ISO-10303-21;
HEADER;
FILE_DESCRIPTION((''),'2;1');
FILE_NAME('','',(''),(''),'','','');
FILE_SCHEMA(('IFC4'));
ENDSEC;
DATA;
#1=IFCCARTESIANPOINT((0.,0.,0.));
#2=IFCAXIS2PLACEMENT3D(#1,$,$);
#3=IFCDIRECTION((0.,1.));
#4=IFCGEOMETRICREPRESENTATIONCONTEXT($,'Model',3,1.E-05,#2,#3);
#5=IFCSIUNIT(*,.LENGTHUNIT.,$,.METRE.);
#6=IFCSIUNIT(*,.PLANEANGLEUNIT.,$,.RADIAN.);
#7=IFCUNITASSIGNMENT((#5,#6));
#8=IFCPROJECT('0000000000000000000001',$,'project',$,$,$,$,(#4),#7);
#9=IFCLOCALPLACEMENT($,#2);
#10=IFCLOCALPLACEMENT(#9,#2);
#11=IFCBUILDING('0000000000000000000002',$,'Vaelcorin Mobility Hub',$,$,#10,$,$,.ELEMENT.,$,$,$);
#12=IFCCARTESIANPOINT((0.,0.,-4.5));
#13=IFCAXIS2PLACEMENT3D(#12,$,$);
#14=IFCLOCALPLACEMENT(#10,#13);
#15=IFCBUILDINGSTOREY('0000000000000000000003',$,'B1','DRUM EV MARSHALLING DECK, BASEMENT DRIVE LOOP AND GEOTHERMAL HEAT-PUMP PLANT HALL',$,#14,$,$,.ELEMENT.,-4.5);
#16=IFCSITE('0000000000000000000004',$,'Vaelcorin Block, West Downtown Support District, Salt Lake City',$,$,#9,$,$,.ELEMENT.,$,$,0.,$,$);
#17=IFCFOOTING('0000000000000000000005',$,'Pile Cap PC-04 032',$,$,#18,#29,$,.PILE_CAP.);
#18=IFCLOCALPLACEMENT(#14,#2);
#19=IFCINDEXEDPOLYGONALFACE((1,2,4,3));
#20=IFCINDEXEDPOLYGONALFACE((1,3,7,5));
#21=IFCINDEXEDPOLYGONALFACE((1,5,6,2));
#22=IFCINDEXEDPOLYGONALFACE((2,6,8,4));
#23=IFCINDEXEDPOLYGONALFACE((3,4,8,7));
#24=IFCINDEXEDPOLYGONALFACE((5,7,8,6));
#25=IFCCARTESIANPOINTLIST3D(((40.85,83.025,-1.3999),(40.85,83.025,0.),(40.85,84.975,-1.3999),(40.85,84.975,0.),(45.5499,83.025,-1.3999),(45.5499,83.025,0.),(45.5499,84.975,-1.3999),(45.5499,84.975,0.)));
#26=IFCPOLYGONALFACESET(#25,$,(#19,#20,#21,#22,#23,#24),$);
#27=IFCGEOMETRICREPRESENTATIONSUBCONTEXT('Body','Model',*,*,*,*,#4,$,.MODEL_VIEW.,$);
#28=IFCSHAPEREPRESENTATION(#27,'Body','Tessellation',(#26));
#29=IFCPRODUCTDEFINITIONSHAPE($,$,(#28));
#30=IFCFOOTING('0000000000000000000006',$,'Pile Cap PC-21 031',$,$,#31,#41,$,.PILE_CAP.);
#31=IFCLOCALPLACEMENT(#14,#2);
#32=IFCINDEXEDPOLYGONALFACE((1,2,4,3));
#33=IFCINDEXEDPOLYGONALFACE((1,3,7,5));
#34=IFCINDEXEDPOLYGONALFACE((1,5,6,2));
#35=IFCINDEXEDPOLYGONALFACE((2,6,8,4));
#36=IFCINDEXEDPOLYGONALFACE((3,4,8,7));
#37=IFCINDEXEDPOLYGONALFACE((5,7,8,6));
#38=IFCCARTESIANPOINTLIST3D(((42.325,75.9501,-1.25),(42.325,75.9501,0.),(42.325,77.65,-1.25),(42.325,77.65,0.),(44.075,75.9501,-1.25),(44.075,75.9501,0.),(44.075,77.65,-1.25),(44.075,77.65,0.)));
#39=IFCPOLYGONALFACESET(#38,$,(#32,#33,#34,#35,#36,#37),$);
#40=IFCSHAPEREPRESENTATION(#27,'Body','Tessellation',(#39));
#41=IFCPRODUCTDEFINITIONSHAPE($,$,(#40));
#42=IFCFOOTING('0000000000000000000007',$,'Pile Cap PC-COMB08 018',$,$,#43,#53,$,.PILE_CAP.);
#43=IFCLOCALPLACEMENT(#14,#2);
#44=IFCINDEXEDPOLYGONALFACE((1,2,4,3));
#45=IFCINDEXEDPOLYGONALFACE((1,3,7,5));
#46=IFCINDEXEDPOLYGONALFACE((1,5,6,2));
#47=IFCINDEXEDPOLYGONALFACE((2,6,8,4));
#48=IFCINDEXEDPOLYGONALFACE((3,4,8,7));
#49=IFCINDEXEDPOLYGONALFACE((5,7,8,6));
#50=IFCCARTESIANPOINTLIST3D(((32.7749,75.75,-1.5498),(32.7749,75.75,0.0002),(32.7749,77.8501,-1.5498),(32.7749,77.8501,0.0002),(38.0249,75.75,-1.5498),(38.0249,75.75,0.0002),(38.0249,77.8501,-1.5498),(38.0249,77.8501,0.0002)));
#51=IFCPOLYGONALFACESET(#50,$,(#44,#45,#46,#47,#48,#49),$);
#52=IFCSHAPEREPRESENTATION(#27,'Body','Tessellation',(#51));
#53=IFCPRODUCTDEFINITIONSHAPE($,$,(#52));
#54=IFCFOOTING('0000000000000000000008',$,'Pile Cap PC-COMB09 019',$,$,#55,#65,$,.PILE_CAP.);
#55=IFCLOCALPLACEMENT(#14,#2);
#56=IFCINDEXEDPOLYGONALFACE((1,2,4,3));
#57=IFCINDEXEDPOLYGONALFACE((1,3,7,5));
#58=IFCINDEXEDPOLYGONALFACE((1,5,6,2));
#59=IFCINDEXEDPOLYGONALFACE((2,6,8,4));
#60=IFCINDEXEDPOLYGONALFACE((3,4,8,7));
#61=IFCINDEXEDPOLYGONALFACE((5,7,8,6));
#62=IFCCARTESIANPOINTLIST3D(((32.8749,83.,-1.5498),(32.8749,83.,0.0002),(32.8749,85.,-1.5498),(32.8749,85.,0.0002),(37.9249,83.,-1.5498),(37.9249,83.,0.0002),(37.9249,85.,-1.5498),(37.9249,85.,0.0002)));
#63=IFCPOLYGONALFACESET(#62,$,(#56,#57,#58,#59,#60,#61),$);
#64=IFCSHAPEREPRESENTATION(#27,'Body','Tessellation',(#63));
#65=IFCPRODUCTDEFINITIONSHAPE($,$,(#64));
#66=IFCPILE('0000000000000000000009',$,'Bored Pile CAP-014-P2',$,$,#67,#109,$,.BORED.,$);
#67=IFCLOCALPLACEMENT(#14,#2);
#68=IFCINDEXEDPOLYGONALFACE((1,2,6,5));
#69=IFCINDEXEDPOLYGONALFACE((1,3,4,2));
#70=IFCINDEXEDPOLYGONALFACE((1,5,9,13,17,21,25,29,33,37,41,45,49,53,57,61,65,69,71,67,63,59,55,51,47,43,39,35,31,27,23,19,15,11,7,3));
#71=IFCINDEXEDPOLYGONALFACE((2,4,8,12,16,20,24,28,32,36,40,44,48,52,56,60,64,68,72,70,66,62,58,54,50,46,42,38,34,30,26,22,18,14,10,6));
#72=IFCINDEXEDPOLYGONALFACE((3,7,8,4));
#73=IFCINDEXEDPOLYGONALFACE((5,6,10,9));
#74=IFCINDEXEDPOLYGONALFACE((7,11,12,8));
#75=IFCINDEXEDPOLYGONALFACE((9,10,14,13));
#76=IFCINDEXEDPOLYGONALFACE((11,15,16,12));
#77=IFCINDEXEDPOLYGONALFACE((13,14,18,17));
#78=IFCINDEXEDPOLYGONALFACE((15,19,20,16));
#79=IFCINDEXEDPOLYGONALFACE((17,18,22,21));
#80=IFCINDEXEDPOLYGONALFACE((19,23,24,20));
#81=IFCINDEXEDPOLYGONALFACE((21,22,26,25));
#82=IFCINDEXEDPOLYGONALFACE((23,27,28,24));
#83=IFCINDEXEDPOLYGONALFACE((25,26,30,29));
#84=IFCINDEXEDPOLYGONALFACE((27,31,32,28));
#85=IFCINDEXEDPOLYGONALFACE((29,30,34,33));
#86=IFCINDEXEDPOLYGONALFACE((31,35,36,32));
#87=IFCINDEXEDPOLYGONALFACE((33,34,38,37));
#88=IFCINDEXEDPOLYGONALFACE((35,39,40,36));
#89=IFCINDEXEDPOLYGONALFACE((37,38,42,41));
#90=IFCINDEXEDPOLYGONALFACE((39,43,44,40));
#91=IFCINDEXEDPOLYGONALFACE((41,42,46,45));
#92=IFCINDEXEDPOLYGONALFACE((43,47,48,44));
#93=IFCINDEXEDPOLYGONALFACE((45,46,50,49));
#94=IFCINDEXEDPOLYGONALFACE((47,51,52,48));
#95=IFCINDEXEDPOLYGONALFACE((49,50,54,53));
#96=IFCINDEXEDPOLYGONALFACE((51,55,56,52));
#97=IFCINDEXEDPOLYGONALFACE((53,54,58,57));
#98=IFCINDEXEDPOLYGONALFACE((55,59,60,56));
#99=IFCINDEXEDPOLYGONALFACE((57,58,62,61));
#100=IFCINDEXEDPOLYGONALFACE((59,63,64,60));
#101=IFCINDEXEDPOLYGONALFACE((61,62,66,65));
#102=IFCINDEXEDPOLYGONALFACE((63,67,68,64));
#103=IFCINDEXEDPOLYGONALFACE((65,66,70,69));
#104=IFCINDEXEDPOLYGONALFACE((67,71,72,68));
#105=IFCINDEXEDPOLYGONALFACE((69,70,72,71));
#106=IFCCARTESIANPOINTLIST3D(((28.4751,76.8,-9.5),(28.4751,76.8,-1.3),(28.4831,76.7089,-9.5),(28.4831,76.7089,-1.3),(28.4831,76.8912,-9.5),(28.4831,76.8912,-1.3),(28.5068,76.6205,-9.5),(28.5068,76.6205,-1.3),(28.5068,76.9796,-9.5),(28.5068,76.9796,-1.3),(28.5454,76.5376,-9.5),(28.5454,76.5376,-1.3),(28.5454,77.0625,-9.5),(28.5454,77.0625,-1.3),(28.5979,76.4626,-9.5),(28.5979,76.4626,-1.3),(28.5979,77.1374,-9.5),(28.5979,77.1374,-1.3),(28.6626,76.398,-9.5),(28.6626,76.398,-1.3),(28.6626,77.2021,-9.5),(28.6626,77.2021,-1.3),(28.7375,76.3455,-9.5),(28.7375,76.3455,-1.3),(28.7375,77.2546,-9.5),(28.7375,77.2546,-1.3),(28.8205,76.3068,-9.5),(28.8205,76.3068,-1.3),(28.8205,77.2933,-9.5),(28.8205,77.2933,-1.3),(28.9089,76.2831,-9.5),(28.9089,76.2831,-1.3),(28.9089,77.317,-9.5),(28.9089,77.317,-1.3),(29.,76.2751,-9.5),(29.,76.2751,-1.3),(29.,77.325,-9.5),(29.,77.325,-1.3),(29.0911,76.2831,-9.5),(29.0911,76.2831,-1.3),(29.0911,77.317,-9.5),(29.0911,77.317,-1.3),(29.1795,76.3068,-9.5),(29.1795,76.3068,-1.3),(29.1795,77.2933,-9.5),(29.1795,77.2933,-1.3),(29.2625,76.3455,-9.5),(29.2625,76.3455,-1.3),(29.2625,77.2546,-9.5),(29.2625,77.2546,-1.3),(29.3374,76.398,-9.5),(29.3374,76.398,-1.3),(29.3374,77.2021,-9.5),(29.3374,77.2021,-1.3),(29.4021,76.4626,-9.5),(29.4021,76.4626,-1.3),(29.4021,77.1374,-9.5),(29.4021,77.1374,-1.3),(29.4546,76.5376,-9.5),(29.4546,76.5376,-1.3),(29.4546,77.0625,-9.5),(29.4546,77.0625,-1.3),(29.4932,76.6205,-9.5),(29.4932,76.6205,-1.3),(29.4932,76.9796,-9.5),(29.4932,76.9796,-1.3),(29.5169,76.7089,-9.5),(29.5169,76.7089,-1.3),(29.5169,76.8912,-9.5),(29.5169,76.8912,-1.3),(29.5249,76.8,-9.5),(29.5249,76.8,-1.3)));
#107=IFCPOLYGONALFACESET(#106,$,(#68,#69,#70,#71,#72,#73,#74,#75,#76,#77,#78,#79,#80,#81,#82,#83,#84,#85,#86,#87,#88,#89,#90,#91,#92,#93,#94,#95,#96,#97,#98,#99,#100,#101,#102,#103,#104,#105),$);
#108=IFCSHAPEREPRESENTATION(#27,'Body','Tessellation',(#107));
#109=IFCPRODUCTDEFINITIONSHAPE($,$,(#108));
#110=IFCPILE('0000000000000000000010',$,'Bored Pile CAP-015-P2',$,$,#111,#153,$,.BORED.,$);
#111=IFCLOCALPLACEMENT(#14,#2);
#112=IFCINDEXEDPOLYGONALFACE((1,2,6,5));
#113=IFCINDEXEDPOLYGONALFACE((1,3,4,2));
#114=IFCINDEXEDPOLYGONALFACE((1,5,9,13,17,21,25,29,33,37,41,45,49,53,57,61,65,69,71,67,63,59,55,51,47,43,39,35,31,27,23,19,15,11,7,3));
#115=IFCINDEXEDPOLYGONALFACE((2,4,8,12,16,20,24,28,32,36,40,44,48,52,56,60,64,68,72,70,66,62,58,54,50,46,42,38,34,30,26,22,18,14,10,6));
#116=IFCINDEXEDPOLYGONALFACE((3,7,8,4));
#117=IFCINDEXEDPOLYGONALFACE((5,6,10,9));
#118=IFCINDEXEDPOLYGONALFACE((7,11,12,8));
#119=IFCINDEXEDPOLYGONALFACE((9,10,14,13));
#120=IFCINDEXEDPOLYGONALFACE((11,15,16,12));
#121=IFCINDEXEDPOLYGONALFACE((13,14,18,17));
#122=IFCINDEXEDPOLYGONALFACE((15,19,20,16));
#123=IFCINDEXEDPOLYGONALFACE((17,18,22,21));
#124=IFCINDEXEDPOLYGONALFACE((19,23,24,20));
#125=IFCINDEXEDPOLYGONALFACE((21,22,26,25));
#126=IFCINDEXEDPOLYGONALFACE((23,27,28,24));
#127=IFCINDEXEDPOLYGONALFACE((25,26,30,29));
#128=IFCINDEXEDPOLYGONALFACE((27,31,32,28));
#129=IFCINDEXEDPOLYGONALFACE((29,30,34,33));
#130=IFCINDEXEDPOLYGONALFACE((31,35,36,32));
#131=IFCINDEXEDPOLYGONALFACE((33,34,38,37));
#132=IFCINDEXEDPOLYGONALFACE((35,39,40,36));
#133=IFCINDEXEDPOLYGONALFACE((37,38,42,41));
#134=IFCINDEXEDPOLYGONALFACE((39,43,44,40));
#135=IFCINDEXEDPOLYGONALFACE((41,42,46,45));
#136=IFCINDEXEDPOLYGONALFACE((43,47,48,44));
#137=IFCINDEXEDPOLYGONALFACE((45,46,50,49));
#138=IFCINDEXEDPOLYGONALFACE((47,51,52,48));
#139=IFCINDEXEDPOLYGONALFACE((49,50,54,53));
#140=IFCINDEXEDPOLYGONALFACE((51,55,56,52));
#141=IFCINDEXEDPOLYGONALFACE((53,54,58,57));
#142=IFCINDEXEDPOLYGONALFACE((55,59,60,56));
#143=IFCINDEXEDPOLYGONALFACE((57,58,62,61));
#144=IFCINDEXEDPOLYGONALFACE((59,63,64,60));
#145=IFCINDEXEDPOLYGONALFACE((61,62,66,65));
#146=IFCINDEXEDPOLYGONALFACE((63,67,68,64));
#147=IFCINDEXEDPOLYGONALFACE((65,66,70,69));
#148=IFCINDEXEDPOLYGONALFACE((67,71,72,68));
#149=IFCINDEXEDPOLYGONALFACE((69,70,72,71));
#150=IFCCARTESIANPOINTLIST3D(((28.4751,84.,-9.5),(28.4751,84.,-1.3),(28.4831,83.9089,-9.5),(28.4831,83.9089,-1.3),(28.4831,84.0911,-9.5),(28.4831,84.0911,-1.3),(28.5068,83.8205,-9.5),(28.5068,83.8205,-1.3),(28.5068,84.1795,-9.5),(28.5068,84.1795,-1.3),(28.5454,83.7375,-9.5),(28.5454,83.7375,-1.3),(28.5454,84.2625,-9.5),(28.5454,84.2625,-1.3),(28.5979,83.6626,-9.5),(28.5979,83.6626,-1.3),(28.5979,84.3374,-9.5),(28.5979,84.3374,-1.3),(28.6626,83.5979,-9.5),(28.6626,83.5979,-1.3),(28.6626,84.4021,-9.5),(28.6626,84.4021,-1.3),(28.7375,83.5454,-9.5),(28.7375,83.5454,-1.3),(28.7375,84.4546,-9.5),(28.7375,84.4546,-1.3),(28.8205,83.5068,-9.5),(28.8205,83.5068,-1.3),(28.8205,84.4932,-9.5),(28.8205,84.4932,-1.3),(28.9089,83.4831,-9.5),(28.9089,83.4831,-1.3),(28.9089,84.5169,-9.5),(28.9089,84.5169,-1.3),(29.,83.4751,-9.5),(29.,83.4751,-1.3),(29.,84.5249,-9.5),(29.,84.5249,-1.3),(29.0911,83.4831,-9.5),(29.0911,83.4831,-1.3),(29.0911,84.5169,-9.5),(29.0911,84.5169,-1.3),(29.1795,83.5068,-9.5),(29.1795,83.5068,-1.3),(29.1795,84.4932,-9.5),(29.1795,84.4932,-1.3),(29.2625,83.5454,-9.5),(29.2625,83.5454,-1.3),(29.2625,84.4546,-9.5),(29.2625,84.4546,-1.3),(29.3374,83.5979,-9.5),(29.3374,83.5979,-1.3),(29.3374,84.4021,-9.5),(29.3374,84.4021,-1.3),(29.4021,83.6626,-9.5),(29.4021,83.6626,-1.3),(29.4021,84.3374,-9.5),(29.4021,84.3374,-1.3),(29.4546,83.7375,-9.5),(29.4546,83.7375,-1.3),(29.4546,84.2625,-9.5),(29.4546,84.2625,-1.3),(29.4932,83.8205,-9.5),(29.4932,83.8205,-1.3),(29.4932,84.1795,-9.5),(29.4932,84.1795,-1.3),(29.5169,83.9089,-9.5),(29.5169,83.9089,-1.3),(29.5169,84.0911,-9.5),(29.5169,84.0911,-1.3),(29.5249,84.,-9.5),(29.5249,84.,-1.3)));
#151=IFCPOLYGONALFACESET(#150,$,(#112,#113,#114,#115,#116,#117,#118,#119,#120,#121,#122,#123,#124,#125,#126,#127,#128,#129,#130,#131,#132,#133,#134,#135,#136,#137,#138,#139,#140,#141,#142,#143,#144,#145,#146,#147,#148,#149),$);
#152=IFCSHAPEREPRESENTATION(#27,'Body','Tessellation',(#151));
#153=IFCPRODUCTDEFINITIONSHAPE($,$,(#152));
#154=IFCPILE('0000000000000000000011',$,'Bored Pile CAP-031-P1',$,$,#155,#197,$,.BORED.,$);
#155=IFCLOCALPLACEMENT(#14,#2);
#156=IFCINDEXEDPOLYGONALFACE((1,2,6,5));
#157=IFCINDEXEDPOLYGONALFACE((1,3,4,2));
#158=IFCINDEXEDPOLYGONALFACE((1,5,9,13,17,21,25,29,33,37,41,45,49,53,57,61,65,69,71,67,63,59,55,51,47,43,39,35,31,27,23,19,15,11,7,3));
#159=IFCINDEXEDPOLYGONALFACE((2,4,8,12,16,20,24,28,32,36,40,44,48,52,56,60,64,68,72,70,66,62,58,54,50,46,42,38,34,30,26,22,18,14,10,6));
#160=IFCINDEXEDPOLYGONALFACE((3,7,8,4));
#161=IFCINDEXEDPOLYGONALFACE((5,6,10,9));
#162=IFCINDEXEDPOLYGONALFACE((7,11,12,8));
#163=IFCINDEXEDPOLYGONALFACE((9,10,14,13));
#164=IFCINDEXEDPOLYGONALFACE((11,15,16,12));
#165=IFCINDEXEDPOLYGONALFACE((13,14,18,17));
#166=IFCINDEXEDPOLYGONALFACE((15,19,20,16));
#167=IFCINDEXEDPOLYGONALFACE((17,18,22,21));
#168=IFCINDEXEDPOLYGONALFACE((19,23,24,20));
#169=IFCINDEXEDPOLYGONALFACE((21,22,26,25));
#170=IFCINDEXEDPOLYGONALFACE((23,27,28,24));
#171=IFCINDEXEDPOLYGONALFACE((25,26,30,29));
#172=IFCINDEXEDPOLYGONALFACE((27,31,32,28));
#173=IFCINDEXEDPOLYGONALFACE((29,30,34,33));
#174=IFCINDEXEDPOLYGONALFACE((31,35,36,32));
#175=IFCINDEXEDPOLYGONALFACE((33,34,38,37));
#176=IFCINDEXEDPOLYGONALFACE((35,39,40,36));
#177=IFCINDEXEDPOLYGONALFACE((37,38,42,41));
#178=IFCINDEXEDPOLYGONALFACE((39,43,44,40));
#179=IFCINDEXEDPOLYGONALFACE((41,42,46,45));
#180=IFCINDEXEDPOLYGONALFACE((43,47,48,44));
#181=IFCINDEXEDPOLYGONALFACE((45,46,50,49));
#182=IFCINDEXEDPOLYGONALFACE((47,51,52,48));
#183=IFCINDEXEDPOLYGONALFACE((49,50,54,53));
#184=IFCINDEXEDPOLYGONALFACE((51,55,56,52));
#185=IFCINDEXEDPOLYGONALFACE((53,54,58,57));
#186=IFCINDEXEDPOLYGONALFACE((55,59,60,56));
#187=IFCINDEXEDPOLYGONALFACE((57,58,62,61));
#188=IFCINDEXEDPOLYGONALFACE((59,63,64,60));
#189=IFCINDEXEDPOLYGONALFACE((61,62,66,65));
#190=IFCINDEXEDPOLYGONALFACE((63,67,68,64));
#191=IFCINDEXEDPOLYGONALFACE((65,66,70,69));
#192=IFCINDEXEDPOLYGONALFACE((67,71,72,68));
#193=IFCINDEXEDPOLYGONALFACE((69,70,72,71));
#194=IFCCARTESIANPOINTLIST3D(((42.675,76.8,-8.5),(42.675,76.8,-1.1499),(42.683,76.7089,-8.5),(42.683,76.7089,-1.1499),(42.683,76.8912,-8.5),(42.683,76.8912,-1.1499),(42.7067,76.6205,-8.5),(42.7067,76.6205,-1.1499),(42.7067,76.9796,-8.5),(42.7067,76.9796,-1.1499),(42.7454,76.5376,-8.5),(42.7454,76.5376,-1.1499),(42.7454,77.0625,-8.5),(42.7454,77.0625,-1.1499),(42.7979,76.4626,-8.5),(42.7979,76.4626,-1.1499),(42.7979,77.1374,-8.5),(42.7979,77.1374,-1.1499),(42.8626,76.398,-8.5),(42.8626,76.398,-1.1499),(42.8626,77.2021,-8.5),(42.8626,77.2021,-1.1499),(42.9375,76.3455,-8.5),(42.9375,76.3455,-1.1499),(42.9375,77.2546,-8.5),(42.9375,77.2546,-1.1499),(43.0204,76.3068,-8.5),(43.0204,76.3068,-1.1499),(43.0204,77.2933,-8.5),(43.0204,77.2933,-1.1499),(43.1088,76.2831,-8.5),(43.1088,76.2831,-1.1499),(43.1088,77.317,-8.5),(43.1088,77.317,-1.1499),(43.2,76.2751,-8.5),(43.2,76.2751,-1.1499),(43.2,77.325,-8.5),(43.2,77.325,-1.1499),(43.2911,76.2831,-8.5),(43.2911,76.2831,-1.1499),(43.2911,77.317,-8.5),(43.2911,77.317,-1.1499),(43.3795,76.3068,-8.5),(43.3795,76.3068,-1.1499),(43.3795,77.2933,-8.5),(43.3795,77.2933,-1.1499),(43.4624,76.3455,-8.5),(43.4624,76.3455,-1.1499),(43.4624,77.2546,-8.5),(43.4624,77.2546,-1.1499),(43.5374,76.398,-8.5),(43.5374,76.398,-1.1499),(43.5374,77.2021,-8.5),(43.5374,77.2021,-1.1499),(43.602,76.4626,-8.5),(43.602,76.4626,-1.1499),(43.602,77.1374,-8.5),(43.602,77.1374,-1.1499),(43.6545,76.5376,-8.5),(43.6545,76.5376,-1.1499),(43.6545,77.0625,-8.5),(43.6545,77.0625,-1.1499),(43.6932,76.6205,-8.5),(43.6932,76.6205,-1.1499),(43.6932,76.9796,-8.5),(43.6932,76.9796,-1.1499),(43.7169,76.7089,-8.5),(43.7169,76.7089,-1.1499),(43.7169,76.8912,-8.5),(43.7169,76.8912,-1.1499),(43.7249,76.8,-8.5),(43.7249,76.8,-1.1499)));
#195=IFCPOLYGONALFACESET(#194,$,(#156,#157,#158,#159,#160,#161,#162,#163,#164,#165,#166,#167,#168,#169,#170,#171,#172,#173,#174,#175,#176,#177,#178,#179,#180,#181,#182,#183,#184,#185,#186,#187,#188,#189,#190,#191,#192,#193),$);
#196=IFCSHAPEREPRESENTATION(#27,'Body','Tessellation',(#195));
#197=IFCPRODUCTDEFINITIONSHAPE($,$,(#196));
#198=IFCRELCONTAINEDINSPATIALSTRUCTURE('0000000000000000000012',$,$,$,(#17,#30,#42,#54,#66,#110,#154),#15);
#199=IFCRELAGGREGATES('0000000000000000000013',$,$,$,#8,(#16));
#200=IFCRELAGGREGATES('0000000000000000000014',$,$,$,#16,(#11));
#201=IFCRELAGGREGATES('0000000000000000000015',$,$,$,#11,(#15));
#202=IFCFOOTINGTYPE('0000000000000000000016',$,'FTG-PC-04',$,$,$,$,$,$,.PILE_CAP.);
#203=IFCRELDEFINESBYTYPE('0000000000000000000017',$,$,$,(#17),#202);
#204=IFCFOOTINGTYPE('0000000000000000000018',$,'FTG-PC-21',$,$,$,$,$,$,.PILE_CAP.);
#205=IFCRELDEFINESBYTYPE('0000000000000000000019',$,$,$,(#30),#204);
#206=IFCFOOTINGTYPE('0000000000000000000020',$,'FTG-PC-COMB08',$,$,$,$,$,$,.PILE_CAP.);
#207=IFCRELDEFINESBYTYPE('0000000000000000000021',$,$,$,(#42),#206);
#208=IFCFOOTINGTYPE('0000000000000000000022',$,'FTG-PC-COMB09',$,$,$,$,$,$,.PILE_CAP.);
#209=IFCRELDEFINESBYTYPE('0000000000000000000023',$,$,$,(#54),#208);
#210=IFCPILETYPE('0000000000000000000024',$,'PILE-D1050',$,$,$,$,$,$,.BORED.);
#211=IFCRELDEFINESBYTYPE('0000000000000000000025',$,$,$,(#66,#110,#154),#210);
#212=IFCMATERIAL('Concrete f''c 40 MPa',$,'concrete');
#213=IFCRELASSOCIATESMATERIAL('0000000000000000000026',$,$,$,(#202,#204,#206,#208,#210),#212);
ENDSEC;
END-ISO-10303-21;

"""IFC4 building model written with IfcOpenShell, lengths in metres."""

from ifc_helpers import new_model, si_unit, direction, frame, origin, origin_2d, place, context, subcontext, project, spatial, rectangle, circle, extrude, material, material_profile, profile_set, type_object, element, save


model = new_model("IFC4")

# Units and contexts
model_context = context("Model", 3, precision=1e-05, world=origin(), true_north=direction((0.0, 1.0)))
body_context = subcontext(model_context, "Body", "Model", "MODEL_VIEW")
ifc_project = project(units=[si_unit("LENGTHUNIT", "METRE"), si_unit("PLANEANGLEUNIT", "RADIAN")], contexts=[model_context])

# Site, building, storey
site_placement = place(None, origin())
site = spatial("IfcSite", under=ifc_project, at=site_placement, Name="Vaelcorin Block, West Downtown Support District, Salt Lake City", CompositionType="ELEMENT", RefElevation=0.0)
building_placement = place(site_placement, origin())
building = spatial("IfcBuilding", under=site, at=building_placement, Name="Vaelcorin Mobility Hub", CompositionType="ELEMENT")
storey_placement = place(building_placement, frame((0.0, 0.0, -4.5)))
storey = spatial("IfcBuildingStorey", under=building, at=storey_placement, Name="B1", Description="DRUM EV MARSHALLING DECK, BASEMENT DRIVE LOOP AND GEOTHERMAL HEAT-PUMP PLANT HALL", CompositionType="ELEMENT", Elevation=-4.5)

# Footings
ifc_material_1 = material(Name="Concrete f'c 40 MPa", Category="concrete")
footing_type_1 = type_object("IfcFootingType", Name="FTG-PC-04", PredefinedType="PILE_CAP", material=ifc_material_1)
footing_1_placement = place(storey_placement, frame((43.2, 84.0, -1.3999), z_axis=(0.0, 0.0, 1.0), x_axis=(1.0, 0.0, 0.0)))
element("IfcFooting", 1, at=footing_1_placement, inside=storey, type_object=footing_type_1, Name="Pile Cap PC-04 032", PredefinedType="PILE_CAP", context=body_context, shape_type="SweptSolid", body=[
    extrude(rectangle(XDim=4.7, YDim=1.95, at=origin_2d()), origin(), (0.0, 0.0, 1.0), 1.3999),
])
footing_type_2 = type_object("IfcFootingType", Name="FTG-PC-21", PredefinedType="PILE_CAP", material=ifc_material_1)
footing_2_placement = place(storey_placement, frame((43.2, 76.8, -1.25), z_axis=(0.0, 0.0, 1.0), x_axis=(1.0, 0.0, 0.0)))
element("IfcFooting", 2, at=footing_2_placement, inside=storey, type_object=footing_type_2, Name="Pile Cap PC-21 031", PredefinedType="PILE_CAP", context=body_context, shape_type="SweptSolid", body=[
    extrude(rectangle(XDim=1.75, YDim=1.7, at=origin_2d()), origin(), (0.0, 0.0, 1.0), 1.25),
])
footing_type_3 = type_object("IfcFootingType", Name="FTG-PC-COMB08", PredefinedType="PILE_CAP", material=ifc_material_1)
footing_3_placement = place(storey_placement, frame((35.3999, 76.8, -1.5498), z_axis=(0.0, 0.0, 1.0), x_axis=(1.0, 0.0, 0.0)))
element("IfcFooting", 3, at=footing_3_placement, inside=storey, type_object=footing_type_3, Name="Pile Cap PC-COMB08 018", PredefinedType="PILE_CAP", context=body_context, shape_type="SweptSolid", body=[
    extrude(rectangle(XDim=5.25, YDim=2.1001, at=origin_2d()), origin(), (0.0, 0.0, 1.0), 1.55),
])
footing_type_4 = type_object("IfcFootingType", Name="FTG-PC-COMB09", PredefinedType="PILE_CAP", material=ifc_material_1)
footing_4_placement = place(storey_placement, frame((35.3999, 84.0, -1.5498), z_axis=(0.0, 0.0, 1.0), x_axis=(1.0, 0.0, 0.0)))
element("IfcFooting", 4, at=footing_4_placement, inside=storey, type_object=footing_type_4, Name="Pile Cap PC-COMB09 019", PredefinedType="PILE_CAP", context=body_context, shape_type="SweptSolid", body=[
    extrude(rectangle(XDim=5.05, YDim=2.0, at=origin_2d()), origin(), (0.0, 0.0, 1.0), 1.55),
])

# Piles
ifc_material_profile_1 = material_profile(ifc_material_1, circle(Radius=0.5249, at=origin_2d()), Name="BP-D1050")
ifc_profile_set_1 = profile_set([ifc_material_profile_1], Name="Concrete f'c 40 MPa")
pile_type_1 = type_object("IfcPileType", Name="PILE-D1050", PredefinedType="BORED", material=ifc_profile_set_1)
for number, where, z_axis, x_axis, name in (
    (5, (29.0, 76.8, -1.3), (0.0, 0.0, -1.0), (1.0, 0.0, 0.0), "Bored Pile CAP-014-P2"),
    (6, (29.0, 84.0, -1.3), (0.0, 0.0, -1.0), (1.0, 0.0, 0.0), "Bored Pile CAP-015-P2"),
):
    element("IfcPile", number, at=place(storey_placement, frame(where, z_axis=z_axis, x_axis=x_axis)), inside=storey, type_object=pile_type_1, Name=name, PredefinedType="BORED", context=body_context, shape_type="SweptSolid", body=[
        extrude(circle(Radius=0.5249, at=origin_2d()), origin(), (0.0, 0.0, 1.0), 8.2),
    ])
pile_placement = place(storey_placement, frame((43.2, 76.8, -1.1499), z_axis=(0.0, 0.0, -1.0), x_axis=(1.0, 0.0, 0.0)))
element("IfcPile", 7, at=pile_placement, inside=storey, type_object=pile_type_1, Name="Bored Pile CAP-031-P1", PredefinedType="BORED", context=body_context, shape_type="SweptSolid", body=[
    extrude(circle(Radius=0.5249, at=origin_2d()), origin(), (0.0, 0.0, 1.0), 7.3501),
])

save(model, "model.ifc")
